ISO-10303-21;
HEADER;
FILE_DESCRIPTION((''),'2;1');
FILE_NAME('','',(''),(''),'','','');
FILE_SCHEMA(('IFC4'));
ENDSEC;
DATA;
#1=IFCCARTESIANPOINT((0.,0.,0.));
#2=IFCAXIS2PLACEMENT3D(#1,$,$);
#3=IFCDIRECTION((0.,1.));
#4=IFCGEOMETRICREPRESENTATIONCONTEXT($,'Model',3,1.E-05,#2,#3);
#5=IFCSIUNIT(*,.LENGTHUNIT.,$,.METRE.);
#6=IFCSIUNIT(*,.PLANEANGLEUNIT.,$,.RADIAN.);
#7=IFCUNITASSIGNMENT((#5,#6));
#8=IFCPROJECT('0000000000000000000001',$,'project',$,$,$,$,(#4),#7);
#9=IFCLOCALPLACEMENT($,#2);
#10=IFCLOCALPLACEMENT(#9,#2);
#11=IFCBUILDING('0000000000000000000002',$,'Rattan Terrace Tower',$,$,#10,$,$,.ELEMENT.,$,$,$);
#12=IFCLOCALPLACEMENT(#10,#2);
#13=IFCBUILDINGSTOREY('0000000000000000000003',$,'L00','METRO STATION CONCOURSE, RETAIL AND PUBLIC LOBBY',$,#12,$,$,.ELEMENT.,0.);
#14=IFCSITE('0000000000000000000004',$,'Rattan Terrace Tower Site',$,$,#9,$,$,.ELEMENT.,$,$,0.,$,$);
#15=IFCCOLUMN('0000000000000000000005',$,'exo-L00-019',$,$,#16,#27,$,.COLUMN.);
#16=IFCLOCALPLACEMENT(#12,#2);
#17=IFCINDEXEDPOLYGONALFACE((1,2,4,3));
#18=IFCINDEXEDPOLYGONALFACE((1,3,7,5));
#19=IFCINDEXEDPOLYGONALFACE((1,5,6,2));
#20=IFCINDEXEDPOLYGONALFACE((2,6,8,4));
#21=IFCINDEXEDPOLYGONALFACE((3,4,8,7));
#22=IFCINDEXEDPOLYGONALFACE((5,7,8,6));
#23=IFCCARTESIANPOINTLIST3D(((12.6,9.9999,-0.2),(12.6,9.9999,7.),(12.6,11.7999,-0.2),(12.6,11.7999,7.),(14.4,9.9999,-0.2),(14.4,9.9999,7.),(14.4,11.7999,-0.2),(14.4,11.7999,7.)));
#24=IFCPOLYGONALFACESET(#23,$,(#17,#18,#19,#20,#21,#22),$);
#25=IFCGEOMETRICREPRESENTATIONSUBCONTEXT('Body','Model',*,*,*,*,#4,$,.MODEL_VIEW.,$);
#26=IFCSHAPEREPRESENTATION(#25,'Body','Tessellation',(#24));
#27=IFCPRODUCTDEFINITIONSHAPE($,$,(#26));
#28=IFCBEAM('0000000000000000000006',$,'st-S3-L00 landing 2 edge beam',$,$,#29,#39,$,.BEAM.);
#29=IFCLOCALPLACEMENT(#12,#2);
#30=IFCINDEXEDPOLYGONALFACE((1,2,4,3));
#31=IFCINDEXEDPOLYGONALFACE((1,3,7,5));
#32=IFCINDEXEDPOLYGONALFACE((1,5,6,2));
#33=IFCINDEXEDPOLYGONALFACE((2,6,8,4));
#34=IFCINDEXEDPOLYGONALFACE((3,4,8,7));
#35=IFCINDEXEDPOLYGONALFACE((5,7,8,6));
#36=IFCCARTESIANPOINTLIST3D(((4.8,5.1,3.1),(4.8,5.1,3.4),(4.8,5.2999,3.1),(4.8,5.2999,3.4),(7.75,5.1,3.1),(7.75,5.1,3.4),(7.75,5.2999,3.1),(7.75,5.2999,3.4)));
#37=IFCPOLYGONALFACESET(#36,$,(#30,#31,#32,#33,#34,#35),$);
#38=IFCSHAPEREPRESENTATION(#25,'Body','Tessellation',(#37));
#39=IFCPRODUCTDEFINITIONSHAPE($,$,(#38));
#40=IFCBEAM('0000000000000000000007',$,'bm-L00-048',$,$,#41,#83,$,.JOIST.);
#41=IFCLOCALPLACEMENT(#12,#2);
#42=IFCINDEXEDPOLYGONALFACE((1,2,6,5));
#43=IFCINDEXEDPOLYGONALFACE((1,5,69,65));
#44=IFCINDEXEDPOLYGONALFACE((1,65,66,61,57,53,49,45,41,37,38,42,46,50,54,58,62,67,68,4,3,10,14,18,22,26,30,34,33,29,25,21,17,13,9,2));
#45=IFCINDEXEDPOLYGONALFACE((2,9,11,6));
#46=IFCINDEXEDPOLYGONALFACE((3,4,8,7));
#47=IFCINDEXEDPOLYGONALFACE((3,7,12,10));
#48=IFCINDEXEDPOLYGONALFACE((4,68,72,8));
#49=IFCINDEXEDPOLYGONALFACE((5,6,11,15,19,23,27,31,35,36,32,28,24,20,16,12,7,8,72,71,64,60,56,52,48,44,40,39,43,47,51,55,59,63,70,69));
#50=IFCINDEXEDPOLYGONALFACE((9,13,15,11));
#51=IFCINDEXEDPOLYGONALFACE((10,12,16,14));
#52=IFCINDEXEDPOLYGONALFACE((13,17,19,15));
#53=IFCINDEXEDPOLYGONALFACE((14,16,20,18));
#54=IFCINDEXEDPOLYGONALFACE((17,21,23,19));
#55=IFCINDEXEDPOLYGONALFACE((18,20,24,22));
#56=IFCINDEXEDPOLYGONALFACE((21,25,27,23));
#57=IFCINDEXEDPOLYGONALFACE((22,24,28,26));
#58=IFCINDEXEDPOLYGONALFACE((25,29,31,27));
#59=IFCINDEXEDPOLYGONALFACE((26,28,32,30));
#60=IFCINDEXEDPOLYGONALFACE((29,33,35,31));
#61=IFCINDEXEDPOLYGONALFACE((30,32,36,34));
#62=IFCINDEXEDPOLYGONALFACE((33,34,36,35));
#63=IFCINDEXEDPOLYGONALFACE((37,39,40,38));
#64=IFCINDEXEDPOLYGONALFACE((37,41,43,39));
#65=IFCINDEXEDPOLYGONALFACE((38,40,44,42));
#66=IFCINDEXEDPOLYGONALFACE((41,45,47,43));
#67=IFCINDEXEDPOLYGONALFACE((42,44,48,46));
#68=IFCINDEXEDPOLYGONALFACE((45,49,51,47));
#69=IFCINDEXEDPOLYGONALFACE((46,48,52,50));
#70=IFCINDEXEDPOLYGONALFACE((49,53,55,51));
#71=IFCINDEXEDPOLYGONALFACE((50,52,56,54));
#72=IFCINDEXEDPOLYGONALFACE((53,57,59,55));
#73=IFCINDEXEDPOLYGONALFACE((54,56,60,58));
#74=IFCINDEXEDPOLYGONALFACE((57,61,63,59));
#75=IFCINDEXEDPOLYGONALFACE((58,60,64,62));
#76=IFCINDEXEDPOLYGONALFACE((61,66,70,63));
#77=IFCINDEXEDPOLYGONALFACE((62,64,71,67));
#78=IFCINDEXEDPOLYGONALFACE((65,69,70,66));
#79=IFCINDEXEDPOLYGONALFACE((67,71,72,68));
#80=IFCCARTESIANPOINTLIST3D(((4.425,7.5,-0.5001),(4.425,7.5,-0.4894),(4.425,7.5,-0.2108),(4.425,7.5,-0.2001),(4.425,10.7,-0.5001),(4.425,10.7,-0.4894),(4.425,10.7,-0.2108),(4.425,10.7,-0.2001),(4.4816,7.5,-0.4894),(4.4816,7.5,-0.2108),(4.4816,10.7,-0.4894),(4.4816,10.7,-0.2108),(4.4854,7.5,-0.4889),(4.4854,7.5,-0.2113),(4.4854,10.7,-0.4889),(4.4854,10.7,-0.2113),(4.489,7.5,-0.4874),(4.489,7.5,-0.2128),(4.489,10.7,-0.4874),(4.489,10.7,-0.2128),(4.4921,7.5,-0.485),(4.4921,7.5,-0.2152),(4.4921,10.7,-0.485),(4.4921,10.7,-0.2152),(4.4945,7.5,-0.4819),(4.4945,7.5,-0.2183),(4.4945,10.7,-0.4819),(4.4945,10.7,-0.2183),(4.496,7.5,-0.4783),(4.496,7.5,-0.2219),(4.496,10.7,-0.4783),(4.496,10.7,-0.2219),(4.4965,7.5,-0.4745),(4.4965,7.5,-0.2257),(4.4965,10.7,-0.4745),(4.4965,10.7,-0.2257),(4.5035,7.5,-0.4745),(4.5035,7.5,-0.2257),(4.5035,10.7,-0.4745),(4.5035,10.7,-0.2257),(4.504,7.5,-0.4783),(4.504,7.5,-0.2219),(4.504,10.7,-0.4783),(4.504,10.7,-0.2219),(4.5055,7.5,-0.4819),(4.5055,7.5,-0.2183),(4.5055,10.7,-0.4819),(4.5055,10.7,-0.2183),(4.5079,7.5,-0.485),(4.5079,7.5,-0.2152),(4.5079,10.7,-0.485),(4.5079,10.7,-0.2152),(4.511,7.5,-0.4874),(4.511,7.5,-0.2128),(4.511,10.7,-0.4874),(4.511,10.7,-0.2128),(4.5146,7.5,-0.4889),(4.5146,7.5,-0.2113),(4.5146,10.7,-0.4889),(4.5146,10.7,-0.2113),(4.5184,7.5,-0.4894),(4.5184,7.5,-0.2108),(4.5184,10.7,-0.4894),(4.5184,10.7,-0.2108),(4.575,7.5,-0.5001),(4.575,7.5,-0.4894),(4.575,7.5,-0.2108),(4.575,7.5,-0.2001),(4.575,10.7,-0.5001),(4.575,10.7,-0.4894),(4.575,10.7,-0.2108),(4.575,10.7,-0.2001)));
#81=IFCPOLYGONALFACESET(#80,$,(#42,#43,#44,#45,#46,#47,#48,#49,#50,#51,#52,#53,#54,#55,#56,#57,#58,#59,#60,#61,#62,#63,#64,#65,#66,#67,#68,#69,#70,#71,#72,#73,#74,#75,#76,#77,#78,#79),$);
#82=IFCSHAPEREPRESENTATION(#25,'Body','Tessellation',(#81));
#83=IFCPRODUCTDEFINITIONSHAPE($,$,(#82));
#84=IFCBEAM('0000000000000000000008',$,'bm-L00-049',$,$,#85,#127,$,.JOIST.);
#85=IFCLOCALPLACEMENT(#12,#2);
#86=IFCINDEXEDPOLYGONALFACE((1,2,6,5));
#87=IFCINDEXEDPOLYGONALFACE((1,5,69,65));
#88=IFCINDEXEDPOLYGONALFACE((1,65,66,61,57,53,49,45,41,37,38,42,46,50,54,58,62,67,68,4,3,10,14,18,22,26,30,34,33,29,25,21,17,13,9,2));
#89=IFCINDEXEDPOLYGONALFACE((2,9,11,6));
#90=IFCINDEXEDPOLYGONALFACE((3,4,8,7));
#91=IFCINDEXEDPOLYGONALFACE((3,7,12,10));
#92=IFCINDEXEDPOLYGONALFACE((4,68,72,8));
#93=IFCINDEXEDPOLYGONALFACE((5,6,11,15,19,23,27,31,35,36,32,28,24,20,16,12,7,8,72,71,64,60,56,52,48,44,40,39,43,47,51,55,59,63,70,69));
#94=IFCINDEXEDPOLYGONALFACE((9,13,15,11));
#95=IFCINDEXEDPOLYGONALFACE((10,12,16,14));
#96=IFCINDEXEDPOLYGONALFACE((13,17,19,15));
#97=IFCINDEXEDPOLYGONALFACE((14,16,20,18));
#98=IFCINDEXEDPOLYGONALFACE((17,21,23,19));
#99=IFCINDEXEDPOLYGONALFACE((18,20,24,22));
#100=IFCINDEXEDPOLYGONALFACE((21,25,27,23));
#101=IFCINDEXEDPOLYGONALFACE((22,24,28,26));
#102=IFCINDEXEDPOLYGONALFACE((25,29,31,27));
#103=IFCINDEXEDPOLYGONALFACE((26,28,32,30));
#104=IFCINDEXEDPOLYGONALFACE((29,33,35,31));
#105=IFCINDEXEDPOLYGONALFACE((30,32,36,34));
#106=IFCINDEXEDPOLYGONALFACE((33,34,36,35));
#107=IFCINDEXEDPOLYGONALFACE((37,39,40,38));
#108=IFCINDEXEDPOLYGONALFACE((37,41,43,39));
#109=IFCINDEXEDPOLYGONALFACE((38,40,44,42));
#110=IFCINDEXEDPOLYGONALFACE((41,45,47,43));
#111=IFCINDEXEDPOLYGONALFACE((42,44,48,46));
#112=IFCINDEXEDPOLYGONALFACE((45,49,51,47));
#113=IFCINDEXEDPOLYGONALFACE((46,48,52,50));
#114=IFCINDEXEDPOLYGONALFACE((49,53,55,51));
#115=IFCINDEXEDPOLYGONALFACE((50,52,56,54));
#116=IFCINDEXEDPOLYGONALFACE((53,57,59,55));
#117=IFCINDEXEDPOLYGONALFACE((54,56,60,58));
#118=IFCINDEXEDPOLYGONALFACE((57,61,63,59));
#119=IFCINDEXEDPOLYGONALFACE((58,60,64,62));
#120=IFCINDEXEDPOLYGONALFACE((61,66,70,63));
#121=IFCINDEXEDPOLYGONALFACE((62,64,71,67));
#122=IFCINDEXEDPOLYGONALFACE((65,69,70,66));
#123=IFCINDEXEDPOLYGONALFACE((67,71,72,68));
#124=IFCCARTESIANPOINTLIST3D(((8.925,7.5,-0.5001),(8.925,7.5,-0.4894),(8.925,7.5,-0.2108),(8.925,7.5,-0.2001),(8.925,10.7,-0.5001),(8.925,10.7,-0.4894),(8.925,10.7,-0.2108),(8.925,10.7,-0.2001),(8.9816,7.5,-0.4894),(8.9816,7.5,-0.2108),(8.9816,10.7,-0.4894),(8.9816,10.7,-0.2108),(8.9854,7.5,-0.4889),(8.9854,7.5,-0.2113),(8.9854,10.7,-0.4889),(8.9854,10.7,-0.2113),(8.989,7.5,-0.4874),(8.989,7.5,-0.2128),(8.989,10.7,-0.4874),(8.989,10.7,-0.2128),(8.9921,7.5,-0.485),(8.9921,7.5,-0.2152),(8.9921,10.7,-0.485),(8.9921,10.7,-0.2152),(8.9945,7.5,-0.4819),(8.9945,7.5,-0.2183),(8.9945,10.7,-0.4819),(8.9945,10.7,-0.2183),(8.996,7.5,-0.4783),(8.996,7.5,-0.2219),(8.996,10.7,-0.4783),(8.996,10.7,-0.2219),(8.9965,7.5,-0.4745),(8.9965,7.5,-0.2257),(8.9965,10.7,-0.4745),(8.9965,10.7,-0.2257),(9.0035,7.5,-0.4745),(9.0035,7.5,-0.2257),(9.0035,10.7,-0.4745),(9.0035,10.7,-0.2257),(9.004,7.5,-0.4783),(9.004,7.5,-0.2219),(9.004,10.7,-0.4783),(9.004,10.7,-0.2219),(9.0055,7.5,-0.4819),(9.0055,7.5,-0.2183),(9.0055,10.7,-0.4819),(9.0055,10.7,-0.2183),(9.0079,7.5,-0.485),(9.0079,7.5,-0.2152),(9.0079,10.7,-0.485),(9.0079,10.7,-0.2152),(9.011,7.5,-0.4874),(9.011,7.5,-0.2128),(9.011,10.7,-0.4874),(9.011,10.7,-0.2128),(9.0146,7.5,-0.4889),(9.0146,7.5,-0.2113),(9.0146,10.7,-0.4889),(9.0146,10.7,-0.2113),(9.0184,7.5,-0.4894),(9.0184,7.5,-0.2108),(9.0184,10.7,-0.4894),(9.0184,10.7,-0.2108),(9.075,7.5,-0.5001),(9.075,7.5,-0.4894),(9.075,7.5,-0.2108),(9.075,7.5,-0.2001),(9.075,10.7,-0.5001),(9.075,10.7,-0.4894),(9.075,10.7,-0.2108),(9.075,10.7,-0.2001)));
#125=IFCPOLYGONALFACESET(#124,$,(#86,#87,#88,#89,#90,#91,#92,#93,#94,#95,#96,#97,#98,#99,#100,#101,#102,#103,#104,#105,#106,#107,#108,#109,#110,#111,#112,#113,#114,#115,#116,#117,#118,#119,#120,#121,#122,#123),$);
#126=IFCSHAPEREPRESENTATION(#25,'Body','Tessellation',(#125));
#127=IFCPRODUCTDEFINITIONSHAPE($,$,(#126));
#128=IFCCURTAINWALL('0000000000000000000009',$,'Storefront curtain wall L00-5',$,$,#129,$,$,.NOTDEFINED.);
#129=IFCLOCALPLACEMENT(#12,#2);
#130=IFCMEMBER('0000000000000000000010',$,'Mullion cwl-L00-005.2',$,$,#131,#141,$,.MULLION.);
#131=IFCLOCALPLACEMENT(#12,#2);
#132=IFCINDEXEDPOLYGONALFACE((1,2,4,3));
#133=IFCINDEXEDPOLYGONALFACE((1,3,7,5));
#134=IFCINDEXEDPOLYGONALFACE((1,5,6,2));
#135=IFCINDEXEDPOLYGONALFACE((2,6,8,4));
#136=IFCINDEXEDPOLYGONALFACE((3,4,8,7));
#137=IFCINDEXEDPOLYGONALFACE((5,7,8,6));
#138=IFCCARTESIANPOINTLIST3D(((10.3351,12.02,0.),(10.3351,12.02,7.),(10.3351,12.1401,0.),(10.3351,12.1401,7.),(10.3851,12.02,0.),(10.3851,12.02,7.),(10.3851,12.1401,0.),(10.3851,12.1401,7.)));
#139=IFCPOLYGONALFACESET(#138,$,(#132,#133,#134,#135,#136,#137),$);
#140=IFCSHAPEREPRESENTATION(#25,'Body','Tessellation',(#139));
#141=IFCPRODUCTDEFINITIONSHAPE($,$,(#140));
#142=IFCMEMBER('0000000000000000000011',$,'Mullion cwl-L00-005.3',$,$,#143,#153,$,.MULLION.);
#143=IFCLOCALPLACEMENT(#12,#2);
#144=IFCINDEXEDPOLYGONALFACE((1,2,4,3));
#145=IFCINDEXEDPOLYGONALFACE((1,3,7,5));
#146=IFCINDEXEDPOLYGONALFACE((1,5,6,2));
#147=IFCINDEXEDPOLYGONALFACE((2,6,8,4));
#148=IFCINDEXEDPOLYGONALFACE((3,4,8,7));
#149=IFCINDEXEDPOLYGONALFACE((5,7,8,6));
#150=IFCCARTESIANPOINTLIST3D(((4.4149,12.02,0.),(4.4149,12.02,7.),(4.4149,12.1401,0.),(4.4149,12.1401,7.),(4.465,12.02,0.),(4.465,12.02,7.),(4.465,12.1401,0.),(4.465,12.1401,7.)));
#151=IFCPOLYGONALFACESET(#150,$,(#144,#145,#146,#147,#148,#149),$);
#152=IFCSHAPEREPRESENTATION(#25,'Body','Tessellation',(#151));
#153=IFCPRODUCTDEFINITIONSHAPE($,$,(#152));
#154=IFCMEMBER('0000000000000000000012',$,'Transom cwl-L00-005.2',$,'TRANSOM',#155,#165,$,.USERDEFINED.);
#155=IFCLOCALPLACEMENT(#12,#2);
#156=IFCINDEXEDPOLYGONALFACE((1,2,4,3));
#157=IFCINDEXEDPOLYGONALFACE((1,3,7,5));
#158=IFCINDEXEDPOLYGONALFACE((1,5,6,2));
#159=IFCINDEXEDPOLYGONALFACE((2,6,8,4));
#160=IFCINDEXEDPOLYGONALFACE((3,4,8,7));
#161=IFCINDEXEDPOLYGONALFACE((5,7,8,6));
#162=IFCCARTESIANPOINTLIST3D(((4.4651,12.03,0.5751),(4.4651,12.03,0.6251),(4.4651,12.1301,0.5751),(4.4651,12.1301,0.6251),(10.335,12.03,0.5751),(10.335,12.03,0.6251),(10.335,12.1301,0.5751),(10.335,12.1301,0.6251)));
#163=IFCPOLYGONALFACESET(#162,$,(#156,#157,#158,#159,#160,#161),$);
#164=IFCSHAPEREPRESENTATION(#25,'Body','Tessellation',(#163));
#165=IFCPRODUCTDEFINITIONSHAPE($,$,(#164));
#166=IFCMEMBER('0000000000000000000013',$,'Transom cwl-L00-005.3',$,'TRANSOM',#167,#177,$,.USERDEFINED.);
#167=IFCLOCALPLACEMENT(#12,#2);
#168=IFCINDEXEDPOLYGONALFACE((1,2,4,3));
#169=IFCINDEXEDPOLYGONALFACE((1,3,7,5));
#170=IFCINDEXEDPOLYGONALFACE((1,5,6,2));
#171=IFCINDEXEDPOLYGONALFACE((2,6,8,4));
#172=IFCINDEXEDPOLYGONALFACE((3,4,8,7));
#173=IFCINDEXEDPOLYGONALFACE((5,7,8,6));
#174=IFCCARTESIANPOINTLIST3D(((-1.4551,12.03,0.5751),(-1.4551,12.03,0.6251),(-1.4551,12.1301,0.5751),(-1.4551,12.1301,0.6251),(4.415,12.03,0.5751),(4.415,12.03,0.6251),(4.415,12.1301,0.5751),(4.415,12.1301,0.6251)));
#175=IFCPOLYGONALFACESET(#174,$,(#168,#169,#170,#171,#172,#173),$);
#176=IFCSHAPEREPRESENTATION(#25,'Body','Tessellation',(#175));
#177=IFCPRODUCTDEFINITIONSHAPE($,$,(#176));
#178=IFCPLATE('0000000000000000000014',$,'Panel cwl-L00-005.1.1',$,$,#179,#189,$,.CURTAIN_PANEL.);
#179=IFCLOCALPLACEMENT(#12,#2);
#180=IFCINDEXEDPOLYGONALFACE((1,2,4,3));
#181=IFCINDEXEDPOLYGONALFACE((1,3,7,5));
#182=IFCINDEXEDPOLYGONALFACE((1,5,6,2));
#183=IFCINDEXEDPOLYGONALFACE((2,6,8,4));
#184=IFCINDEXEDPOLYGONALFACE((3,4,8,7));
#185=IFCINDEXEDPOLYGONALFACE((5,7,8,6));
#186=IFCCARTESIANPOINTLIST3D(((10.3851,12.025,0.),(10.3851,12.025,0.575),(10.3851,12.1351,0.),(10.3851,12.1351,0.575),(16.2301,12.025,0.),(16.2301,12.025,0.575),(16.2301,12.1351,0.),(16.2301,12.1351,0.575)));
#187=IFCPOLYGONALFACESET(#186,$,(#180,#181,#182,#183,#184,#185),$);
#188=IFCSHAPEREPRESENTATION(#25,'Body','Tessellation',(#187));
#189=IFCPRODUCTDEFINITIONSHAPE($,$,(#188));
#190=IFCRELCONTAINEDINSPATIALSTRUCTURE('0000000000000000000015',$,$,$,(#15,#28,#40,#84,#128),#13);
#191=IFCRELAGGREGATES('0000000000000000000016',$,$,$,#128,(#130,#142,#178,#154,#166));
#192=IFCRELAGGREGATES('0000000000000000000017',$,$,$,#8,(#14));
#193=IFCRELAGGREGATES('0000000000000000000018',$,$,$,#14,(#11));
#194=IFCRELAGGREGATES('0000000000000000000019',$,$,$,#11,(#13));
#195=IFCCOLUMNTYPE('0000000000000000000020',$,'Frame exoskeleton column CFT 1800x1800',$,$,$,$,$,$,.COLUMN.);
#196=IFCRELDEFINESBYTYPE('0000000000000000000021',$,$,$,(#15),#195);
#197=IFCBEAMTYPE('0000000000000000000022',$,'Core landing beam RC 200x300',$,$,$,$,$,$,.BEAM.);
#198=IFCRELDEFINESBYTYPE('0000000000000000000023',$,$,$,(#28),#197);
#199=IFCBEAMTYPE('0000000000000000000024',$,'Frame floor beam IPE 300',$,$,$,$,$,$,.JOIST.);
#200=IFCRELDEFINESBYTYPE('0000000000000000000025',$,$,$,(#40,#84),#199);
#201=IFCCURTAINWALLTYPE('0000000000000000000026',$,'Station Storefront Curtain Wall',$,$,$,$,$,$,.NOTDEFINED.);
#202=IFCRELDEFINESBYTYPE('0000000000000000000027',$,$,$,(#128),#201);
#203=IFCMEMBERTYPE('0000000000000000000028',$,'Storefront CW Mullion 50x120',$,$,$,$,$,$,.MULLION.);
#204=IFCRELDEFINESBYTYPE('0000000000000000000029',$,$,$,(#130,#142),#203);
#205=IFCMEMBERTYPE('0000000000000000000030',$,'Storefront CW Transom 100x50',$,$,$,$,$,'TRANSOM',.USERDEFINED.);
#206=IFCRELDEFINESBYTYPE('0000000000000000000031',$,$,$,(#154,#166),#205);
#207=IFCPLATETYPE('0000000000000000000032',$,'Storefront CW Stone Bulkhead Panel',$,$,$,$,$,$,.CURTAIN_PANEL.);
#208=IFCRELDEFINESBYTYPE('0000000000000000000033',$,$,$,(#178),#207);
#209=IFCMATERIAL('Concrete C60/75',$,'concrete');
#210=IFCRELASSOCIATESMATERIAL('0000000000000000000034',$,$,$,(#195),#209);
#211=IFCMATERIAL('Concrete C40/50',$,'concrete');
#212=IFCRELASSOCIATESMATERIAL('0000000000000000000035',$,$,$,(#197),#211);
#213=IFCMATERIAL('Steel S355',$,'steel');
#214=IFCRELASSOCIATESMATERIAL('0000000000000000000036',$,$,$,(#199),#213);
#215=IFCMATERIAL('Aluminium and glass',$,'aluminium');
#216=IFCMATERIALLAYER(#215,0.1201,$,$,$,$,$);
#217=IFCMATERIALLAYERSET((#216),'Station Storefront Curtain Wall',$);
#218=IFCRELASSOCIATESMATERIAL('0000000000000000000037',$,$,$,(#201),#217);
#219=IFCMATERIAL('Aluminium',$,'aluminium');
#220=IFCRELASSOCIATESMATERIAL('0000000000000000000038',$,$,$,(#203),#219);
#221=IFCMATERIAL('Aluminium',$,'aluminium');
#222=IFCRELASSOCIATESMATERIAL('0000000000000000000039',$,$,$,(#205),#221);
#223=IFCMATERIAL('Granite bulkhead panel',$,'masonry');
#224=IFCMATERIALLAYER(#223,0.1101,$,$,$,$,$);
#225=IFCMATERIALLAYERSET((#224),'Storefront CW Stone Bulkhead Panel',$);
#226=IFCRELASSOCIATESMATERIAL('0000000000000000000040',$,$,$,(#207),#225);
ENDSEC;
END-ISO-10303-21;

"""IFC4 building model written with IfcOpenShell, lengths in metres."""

from ifc_helpers import new_model, si_unit, direction, frame, origin, origin_2d, place, context, subcontext, project, spatial, rectangle, i_section, extrude, material, layer, layer_set, material_profile, profile_set, type_object, element, aggregate, save


model = new_model("IFC4")

# Units and contexts
model_context = context("Model", 3, precision=1e-05, world=origin(), true_north=direction((0.0, 1.0)))
body_context = subcontext(model_context, "Body", "Model", "MODEL_VIEW")
ifc_project = project(units=[si_unit("LENGTHUNIT", "METRE"), si_unit("PLANEANGLEUNIT", "RADIAN")], contexts=[model_context])

# Site, building, storey
site_placement = place(None, origin())
site = spatial("IfcSite", under=ifc_project, at=site_placement, Name="Rattan Terrace Tower Site", CompositionType="ELEMENT", RefElevation=0.0)
building_placement = place(site_placement, origin())
building = spatial("IfcBuilding", under=site, at=building_placement, Name="Rattan Terrace Tower", CompositionType="ELEMENT")
storey_placement = place(building_placement, origin())
storey = spatial("IfcBuildingStorey", under=building, at=storey_placement, Name="L00", Description="METRO STATION CONCOURSE, RETAIL AND PUBLIC LOBBY", CompositionType="ELEMENT", Elevation=0.0)

# Column
ifc_material_1 = material(Name="Concrete C60/75", Category="concrete")
ifc_material_profile_1 = material_profile(ifc_material_1, rectangle(XDim=1.8, YDim=1.8, at=origin_2d()), Name="CFT 1800x1800")
ifc_profile_set_1 = profile_set([ifc_material_profile_1], Name="Concrete C60/75")
column_type = type_object("IfcColumnType", Name="Frame exoskeleton column CFT 1800x1800", PredefinedType="COLUMN", material=ifc_profile_set_1)
column_placement = place(storey_placement, frame((13.5, 10.8999, -0.2), z_axis=(0.0, 0.0, 1.0), x_axis=(1.0, 0.0, 0.0)))
element("IfcColumn", 1, at=column_placement, inside=storey, type_object=column_type, Name="exo-L00-019", PredefinedType="COLUMN", context=body_context, shape_type="SweptSolid", body=[
    extrude(rectangle(XDim=1.8, YDim=1.8, at=origin_2d()), origin(), (0.0, 0.0, 1.0), 7.2),
])

# Beams
ifc_material_2 = material(Name="Concrete C40/50", Category="concrete")
ifc_material_profile_2 = material_profile(ifc_material_2, rectangle(XDim=0.2, YDim=0.3, at=origin_2d()), Name="RC 200x300")
ifc_profile_set_2 = profile_set([ifc_material_profile_2], Name="Concrete C40/50")
beam_type_1 = type_object("IfcBeamType", Name="Core landing beam RC 200x300", PredefinedType="BEAM", material=ifc_profile_set_2)
beam_placement = place(storey_placement, frame((4.8, 5.2, 3.25), z_axis=(1.0, 0.0, 0.0), x_axis=(0.0, 1.0, 0.0)))
element("IfcBeam", 2, at=beam_placement, inside=storey, type_object=beam_type_1, Name="st-S3-L00 landing 2 edge beam", PredefinedType="BEAM", context=body_context, shape_type="SweptSolid", body=[
    extrude(rectangle(XDim=0.2, YDim=0.3, at=origin_2d()), origin(), (0.0, 0.0, 1.0), 2.95),
])
ifc_material_3 = material(Name="Steel S355", Category="steel")
ifc_material_profile_3 = material_profile(ifc_material_3, i_section(OverallWidth=0.1499, OverallDepth=0.3, WebThickness=0.0071, FlangeThickness=0.0107, FilletRadius=0.0149, at=origin_2d()), Name="IPE 300")
ifc_profile_set_3 = profile_set([ifc_material_profile_3], Name="Steel S355")
beam_type_2 = type_object("IfcBeamType", Name="Frame floor beam IPE 300", PredefinedType="JOIST", material=ifc_profile_set_3)
for number, where, z_axis, x_axis, name in (
    (3, (4.5, 7.5, -0.3501), (0.0, 1.0, 0.0), (-1.0, 0.0, 0.0), "bm-L00-048"),
    (4, (9.0, 7.5, -0.3501), (0.0, 1.0, 0.0), (-1.0, 0.0, 0.0), "bm-L00-049"),
):
    element("IfcBeam", number, at=place(storey_placement, frame(where, z_axis=z_axis, x_axis=x_axis)), inside=storey, type_object=beam_type_2, Name=name, PredefinedType="JOIST", context=body_context, shape_type="SweptSolid", body=[
        extrude(i_section(OverallWidth=0.1499, OverallDepth=0.3, WebThickness=0.0071, FlangeThickness=0.0107, FilletRadius=0.0149, at=origin_2d()), origin(), (0.0, 0.0, 1.0), 3.2),
    ])

# Curtain wall, members, plate
ifc_material_4 = material(Name="Aluminium and glass", Category="aluminium")
ifc_layer_1 = layer(ifc_material_4, 0.1201)
ifc_layer_set_1 = layer_set([ifc_layer_1], Name="Station Storefront Curtain Wall")
curtain_wall_type = type_object("IfcCurtainWallType", Name="Station Storefront Curtain Wall", PredefinedType="NOTDEFINED", material=ifc_layer_set_1)
curtain_wall_placement = place(storey_placement, origin())
curtain_wall = element("IfcCurtainWall", 5, at=curtain_wall_placement, inside=storey, type_object=curtain_wall_type, Name="Storefront curtain wall L00-5", PredefinedType="NOTDEFINED")
ifc_material_5 = material(Name="Aluminium", Category="aluminium")
ifc_material_profile_4 = material_profile(ifc_material_5, rectangle(XDim=0.05, YDim=0.1201, at=origin_2d()), Name="Aluminium 50x120")
ifc_profile_set_4 = profile_set([ifc_material_profile_4], Name="Aluminium")
member_type_1 = type_object("IfcMemberType", Name="Storefront CW Mullion 50x120", PredefinedType="MULLION", material=ifc_profile_set_4)
member_1_placement = place(storey_placement, frame((10.3601, 12.0801, 0.0), z_axis=(0.0, 0.0, 1.0), x_axis=(-1.0, 0.0, 0.0)))
member_1 = element("IfcMember", 6, at=member_1_placement, type_object=member_type_1, Name="Mullion cwl-L00-005.2", PredefinedType="MULLION", context=body_context, shape_type="SweptSolid", body=[
    extrude(rectangle(XDim=0.05, YDim=0.1201, at=origin_2d()), origin(), (0.0, 0.0, 1.0), 7.0),
])
member_2_placement = place(storey_placement, frame((4.4399, 12.0801, 0.0), z_axis=(0.0, 0.0, 1.0), x_axis=(-1.0, 0.0, 0.0)))
member_2 = element("IfcMember", 7, at=member_2_placement, type_object=member_type_1, Name="Mullion cwl-L00-005.3", PredefinedType="MULLION", context=body_context, shape_type="SweptSolid", body=[
    extrude(rectangle(XDim=0.05, YDim=0.1201, at=origin_2d()), origin(), (0.0, 0.0, 1.0), 7.0),
])
ifc_material_6 = material(Name="Aluminium", Category="aluminium")
ifc_material_profile_5 = material_profile(ifc_material_6, rectangle(XDim=0.1001, YDim=0.05, at=origin_2d()), Name="Aluminium 100x50")
ifc_profile_set_5 = profile_set([ifc_material_profile_5], Name="Aluminium")
member_type_2 = type_object("IfcMemberType", Name="Storefront CW Transom 100x50", ElementType="TRANSOM", PredefinedType="USERDEFINED", material=ifc_profile_set_5)
member_3_placement = place(storey_placement, frame((10.335, 12.0801, 0.6001), z_axis=(-1.0, 0.0, 0.0), x_axis=(0.0, -1.0, 0.0)))
member_3 = element("IfcMember", 8, at=member_3_placement, type_object=member_type_2, Name="Transom cwl-L00-005.2", ObjectType="TRANSOM", PredefinedType="USERDEFINED", context=body_context, shape_type="SweptSolid", body=[
    extrude(rectangle(XDim=0.1001, YDim=0.05, at=origin_2d()), origin(), (0.0, 0.0, 1.0), 5.8699),
])
member_4_placement = place(storey_placement, frame((4.415, 12.0801, 0.6001), z_axis=(-1.0, 0.0, 0.0), x_axis=(0.0, -1.0, 0.0)))
member_4 = element("IfcMember", 9, at=member_4_placement, type_object=member_type_2, Name="Transom cwl-L00-005.3", ObjectType="TRANSOM", PredefinedType="USERDEFINED", context=body_context, shape_type="SweptSolid", body=[
    extrude(rectangle(XDim=0.1001, YDim=0.05, at=origin_2d()), origin(), (0.0, 0.0, 1.0), 5.8701),
])
ifc_material_7 = material(Name="Granite bulkhead panel", Category="masonry")
ifc_layer_2 = layer(ifc_material_7, 0.1101)
ifc_layer_set_2 = layer_set([ifc_layer_2], Name="Storefront CW Stone Bulkhead Panel")
plate_type_1 = type_object("IfcPlateType", Name="Storefront CW Stone Bulkhead Panel", PredefinedType="CURTAIN_PANEL", material=ifc_layer_set_2)
plate_1_placement = place(storey_placement, frame((13.3076, 12.0801, 0.0), z_axis=(0.0, 0.0, 1.0), x_axis=(-1.0, 0.0, 0.0)))
plate_1 = element("IfcPlate", 10, at=plate_1_placement, type_object=plate_type_1, Name="Panel cwl-L00-005.1.1", PredefinedType="CURTAIN_PANEL", context=body_context, shape_type="SweptSolid", body=[
    extrude(rectangle(XDim=5.845, YDim=0.1101, at=origin_2d()), origin(), (0.0, 0.0, 1.0), 0.575),
])
aggregate(curtain_wall, [member_1, member_2, plate_1, member_3, member_4])

save(model, "model.ifc")
